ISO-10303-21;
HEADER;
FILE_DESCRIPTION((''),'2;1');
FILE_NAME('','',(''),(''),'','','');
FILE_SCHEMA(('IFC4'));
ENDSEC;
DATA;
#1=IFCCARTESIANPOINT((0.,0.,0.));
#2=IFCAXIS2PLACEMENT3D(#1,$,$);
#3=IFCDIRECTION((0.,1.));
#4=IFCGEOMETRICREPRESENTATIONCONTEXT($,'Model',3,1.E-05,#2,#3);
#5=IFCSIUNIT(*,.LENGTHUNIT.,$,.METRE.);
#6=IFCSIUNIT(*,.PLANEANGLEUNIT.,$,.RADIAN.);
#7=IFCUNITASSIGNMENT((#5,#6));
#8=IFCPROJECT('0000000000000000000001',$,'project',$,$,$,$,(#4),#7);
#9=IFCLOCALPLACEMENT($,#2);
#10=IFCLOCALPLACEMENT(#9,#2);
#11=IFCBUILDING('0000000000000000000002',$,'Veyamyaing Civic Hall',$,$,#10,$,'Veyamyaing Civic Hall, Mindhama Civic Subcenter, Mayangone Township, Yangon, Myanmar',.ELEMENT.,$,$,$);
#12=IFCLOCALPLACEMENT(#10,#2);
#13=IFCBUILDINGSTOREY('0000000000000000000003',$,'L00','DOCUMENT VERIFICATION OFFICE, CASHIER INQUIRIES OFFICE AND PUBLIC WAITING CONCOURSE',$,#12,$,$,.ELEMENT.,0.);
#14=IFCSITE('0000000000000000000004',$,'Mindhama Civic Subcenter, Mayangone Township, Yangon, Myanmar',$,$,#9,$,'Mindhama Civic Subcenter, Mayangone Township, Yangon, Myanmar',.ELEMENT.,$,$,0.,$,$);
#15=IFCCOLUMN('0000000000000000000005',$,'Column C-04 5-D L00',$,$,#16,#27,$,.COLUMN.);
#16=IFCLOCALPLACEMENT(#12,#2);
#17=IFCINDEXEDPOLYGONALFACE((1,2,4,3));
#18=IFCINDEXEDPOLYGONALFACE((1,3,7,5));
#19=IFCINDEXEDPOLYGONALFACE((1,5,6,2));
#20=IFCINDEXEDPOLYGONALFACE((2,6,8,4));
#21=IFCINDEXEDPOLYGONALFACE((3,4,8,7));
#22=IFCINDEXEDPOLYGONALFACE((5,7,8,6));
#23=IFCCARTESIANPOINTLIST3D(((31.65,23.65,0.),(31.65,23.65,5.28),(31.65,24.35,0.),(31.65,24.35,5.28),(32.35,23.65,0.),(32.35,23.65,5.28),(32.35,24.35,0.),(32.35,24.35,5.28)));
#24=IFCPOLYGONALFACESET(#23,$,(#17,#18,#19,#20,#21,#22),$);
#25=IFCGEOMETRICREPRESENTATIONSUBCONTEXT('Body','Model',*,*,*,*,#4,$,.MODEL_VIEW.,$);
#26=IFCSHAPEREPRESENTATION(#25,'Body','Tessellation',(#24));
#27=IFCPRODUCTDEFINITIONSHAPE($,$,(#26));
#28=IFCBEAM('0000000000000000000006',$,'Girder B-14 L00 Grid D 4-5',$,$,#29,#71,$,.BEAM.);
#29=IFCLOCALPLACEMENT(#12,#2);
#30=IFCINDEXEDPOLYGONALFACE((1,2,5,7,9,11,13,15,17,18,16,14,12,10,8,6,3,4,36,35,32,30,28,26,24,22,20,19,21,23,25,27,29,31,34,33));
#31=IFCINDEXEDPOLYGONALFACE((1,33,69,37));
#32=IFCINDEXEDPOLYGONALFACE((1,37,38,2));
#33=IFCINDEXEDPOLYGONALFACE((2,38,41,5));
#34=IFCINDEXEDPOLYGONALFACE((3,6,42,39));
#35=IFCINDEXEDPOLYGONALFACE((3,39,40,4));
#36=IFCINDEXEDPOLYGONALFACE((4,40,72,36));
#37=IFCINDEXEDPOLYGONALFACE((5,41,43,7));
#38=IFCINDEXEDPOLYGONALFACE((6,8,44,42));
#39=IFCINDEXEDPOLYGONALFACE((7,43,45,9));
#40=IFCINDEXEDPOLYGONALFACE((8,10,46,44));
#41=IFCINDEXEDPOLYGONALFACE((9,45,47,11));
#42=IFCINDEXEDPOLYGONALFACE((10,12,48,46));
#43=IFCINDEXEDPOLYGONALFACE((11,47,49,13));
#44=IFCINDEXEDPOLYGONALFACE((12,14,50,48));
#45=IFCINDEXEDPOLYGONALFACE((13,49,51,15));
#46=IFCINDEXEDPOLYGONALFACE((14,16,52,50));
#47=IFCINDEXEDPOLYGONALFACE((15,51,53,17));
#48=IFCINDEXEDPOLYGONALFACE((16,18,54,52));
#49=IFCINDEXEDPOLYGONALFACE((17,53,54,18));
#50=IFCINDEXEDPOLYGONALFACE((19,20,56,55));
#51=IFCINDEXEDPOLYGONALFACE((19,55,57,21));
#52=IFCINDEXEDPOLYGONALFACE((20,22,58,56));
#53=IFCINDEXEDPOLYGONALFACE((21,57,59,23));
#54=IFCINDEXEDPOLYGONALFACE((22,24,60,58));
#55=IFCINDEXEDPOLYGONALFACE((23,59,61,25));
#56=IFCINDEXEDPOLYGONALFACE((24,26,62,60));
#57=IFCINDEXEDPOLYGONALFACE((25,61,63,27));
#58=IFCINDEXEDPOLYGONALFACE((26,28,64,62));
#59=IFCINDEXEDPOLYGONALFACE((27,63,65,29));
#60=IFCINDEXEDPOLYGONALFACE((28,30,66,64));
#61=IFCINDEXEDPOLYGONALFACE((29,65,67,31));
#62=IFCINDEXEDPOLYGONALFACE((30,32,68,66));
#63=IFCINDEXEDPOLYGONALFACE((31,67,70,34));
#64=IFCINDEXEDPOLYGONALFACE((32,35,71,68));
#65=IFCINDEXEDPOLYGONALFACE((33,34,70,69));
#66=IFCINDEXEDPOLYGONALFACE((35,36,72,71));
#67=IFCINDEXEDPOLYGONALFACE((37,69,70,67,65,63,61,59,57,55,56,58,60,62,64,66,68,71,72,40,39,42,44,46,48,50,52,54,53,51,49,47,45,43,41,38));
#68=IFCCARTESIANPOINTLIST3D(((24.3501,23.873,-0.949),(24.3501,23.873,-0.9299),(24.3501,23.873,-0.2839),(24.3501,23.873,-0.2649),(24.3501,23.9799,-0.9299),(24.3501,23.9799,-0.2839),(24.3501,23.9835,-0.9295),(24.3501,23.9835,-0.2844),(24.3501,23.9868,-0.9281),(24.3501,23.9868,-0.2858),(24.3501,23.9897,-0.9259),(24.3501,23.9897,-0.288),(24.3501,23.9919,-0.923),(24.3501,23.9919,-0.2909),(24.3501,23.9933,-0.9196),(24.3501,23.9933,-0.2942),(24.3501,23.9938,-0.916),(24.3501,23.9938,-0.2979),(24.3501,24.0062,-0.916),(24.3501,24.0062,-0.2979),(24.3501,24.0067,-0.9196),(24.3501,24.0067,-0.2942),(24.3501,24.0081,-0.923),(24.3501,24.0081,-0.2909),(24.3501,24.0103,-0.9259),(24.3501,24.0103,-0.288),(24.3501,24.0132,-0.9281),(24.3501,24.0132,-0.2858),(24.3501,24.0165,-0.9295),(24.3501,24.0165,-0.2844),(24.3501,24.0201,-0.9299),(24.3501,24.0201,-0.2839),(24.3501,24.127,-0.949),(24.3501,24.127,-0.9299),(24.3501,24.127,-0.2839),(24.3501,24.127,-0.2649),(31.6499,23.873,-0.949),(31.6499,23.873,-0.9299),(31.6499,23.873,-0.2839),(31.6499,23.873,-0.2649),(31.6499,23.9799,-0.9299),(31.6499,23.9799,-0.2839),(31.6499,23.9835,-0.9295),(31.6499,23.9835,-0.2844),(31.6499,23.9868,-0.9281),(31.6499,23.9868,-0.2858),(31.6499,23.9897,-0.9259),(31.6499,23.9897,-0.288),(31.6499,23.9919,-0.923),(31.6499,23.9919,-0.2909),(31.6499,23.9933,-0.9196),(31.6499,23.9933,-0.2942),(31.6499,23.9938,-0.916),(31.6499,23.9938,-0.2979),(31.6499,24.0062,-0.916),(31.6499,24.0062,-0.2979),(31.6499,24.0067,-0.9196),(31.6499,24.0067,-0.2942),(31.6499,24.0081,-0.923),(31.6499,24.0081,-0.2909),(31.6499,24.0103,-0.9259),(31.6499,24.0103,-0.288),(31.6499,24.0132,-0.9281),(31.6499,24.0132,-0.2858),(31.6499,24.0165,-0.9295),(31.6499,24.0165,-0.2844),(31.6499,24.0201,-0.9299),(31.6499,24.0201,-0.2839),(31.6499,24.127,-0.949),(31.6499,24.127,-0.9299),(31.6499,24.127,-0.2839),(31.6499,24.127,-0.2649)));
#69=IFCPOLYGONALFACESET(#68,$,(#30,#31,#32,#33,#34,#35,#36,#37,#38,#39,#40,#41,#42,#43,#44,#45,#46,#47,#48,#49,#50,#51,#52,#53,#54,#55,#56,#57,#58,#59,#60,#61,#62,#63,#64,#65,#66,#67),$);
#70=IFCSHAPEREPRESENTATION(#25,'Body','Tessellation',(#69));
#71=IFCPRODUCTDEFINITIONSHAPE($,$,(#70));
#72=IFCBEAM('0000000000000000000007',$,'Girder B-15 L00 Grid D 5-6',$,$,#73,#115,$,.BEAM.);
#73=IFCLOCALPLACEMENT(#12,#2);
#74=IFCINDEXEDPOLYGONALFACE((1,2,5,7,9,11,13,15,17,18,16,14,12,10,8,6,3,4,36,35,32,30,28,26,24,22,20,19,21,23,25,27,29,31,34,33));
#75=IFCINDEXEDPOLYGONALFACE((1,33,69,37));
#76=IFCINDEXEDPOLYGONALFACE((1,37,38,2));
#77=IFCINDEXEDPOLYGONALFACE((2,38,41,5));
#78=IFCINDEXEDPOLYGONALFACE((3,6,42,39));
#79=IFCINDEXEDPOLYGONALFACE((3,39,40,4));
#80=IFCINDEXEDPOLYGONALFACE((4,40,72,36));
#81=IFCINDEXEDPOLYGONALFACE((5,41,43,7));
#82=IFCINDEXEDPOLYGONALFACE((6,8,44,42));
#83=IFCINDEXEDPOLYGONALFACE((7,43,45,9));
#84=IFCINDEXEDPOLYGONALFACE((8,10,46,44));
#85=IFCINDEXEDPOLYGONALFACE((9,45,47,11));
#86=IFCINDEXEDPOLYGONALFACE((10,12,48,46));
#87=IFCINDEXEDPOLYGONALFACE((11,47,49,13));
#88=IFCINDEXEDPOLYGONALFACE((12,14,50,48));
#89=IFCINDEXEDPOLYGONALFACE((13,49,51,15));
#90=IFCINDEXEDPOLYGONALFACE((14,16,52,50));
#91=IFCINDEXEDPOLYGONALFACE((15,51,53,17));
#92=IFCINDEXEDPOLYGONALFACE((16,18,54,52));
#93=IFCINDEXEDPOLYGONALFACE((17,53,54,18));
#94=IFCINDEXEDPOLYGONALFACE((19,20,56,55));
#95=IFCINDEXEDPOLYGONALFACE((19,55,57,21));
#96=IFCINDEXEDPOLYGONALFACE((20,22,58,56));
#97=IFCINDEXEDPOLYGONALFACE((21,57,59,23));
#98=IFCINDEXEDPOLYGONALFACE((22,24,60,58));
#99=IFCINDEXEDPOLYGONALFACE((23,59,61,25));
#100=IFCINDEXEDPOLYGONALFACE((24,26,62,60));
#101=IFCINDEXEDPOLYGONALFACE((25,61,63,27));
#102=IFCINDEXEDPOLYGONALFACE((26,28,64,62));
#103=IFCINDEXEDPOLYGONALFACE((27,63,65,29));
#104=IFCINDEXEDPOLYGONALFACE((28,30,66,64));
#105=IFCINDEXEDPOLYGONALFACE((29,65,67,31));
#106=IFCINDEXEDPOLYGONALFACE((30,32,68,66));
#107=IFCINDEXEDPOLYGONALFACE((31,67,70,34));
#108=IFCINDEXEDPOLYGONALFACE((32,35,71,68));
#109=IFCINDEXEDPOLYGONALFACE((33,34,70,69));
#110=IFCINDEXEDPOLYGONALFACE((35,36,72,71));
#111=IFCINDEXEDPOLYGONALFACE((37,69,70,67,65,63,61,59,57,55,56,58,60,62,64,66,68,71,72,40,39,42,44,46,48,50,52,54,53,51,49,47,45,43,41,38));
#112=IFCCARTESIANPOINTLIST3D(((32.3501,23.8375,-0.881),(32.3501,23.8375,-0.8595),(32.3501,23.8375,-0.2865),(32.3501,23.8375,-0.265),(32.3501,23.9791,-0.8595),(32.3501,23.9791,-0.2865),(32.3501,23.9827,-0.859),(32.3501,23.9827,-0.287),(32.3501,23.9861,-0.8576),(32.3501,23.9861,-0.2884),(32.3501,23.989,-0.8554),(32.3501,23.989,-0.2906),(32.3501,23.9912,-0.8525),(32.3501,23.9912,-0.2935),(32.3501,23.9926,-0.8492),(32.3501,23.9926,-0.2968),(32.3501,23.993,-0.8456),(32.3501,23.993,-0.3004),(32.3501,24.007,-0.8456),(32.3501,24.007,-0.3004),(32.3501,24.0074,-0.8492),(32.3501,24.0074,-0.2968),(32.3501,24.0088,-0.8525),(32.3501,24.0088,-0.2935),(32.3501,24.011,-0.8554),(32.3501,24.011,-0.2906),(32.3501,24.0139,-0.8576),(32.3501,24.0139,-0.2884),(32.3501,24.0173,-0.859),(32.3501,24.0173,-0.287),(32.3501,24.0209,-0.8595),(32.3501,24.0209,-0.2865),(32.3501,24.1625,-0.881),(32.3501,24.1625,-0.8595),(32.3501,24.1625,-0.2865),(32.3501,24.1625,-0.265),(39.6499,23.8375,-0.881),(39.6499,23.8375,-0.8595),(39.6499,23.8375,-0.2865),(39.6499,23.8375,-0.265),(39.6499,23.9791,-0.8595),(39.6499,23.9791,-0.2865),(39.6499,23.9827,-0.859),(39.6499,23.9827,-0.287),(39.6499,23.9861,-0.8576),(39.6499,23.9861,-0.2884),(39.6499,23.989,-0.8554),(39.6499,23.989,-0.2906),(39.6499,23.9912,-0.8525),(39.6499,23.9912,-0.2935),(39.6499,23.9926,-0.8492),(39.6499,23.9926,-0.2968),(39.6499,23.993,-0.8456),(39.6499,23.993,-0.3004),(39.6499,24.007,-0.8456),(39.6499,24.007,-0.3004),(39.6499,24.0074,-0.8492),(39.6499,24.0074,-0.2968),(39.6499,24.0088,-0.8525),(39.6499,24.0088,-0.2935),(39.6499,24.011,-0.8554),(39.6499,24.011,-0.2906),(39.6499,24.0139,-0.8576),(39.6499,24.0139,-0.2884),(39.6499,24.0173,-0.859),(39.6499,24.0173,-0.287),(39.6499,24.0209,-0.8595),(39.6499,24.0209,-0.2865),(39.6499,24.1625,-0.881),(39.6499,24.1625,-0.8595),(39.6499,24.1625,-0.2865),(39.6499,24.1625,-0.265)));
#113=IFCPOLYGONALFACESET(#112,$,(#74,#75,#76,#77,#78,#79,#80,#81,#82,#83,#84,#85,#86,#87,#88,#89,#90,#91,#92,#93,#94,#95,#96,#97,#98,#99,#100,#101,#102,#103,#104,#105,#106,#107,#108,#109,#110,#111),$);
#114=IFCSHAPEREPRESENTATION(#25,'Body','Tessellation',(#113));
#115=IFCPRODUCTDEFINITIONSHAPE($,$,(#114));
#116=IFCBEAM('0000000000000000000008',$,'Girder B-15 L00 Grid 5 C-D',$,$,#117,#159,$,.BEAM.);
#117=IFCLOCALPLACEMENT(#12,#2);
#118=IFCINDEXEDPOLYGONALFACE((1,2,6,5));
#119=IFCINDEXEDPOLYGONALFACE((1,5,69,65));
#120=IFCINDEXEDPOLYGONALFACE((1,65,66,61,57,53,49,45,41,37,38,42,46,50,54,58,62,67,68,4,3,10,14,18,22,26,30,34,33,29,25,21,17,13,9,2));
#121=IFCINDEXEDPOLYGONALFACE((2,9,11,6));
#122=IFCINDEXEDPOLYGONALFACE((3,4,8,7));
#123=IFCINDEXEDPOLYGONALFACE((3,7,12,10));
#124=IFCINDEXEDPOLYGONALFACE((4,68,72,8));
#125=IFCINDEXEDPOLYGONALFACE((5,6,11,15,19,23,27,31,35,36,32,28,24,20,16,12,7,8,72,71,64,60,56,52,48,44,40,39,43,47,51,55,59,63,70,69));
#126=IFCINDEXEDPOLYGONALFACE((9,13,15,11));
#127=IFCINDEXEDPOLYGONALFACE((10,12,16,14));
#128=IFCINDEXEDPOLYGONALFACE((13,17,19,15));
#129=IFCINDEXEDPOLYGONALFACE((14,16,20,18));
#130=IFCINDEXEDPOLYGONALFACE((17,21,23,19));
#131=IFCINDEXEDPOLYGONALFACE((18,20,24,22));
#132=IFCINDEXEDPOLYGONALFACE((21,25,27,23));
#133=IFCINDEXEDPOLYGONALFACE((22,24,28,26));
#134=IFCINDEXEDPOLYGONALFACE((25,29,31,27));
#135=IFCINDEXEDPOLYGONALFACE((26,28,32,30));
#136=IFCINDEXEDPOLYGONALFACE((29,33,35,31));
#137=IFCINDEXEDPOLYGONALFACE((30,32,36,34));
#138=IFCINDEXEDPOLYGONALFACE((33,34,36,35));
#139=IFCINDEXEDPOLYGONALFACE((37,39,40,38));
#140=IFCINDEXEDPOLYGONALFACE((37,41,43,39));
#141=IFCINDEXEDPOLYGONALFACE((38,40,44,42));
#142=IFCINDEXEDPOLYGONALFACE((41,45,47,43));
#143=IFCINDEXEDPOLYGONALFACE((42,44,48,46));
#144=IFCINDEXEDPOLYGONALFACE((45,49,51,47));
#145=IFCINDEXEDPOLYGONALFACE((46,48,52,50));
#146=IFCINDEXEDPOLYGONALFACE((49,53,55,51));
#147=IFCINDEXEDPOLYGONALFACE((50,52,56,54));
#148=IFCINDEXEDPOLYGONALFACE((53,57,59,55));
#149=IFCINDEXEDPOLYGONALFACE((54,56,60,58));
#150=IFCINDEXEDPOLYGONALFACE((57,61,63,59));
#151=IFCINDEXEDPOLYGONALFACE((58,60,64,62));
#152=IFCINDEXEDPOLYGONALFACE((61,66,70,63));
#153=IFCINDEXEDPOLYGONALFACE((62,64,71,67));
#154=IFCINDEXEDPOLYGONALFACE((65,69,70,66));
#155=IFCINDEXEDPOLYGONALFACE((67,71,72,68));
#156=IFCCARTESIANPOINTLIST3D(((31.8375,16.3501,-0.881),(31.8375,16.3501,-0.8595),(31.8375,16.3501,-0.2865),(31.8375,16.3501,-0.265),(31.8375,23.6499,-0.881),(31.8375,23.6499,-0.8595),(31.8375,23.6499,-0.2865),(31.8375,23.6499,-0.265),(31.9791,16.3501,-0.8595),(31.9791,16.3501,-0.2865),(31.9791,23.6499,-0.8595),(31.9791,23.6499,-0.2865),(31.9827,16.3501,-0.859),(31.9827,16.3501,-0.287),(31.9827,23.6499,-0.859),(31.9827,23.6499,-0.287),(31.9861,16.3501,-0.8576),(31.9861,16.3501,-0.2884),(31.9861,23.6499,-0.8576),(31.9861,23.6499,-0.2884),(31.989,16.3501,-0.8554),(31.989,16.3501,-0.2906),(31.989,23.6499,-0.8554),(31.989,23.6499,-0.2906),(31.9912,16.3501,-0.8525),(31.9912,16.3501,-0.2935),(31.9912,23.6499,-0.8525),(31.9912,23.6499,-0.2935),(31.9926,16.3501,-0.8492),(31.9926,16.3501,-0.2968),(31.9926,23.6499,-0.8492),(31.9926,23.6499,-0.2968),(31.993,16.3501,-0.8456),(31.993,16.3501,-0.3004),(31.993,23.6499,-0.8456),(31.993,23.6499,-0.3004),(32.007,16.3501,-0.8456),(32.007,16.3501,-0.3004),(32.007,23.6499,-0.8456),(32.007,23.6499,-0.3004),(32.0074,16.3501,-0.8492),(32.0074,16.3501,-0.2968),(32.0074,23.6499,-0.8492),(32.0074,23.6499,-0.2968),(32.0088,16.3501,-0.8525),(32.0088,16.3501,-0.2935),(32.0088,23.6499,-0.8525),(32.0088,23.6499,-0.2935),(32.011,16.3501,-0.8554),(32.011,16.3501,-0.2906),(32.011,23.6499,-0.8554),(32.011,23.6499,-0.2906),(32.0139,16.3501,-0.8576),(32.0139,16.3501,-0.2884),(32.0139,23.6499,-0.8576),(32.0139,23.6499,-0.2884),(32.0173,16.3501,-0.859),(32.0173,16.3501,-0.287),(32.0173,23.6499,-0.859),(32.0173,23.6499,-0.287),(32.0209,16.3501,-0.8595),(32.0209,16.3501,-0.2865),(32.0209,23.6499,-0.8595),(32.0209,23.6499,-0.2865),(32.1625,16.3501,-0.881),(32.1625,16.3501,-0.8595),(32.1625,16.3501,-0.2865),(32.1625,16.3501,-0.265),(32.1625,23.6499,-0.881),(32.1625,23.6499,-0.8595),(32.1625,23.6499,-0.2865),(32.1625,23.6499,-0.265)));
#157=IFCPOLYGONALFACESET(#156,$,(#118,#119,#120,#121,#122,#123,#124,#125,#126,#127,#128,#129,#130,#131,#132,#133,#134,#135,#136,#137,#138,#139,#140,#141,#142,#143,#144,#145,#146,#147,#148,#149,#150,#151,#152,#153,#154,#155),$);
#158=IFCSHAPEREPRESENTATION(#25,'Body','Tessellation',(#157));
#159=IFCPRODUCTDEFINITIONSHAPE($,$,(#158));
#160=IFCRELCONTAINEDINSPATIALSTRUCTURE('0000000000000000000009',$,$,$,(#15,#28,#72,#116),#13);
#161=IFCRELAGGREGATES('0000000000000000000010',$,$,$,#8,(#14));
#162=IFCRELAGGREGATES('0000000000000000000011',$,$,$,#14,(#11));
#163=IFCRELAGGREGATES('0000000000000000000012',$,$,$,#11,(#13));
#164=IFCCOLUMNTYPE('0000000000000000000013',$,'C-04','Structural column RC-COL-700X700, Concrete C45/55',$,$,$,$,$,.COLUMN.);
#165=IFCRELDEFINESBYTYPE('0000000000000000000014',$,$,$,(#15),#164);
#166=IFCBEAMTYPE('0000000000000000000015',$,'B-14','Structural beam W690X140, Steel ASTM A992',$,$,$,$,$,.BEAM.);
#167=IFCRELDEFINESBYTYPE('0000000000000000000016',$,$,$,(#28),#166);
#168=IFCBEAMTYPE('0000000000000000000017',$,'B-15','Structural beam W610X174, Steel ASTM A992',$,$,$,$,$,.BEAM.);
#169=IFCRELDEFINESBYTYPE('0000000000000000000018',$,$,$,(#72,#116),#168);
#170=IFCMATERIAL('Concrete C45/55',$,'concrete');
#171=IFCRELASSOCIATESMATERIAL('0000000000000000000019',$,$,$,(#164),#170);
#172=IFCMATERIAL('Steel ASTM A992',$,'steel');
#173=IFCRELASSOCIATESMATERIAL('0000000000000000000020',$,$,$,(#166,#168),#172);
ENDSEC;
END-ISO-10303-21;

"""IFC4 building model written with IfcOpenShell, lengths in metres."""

from ifc_helpers import new_model, si_unit, direction, frame, origin, origin_2d, place, context, subcontext, project, spatial, rectangle, i_section, extrude, material, material_profile, profile_set, type_object, element, save


model = new_model("IFC4")

# Units and contexts
model_context = context("Model", 3, precision=1e-05, world=origin(), true_north=direction((0.0, 1.0)))
body_context = subcontext(model_context, "Body", "Model", "MODEL_VIEW")
ifc_project = project(units=[si_unit("LENGTHUNIT", "METRE"), si_unit("PLANEANGLEUNIT", "RADIAN")], contexts=[model_context])

# Site, building, storey
site_placement = place(None, origin())
site = spatial("IfcSite", under=ifc_project, at=site_placement, Name="Mindhama Civic Subcenter, Mayangone Township, Yangon, Myanmar", LongName="Mindhama Civic Subcenter, Mayangone Township, Yangon, Myanmar", CompositionType="ELEMENT", RefElevation=0.0)
building_placement = place(site_placement, origin())
building = spatial("IfcBuilding", under=site, at=building_placement, Name="Veyamyaing Civic Hall", LongName="Veyamyaing Civic Hall, Mindhama Civic Subcenter, Mayangone Township, Yangon, Myanmar", CompositionType="ELEMENT")
storey_placement = place(building_placement, origin())
storey = spatial("IfcBuildingStorey", under=building, at=storey_placement, Name="L00", Description="DOCUMENT VERIFICATION OFFICE, CASHIER INQUIRIES OFFICE AND PUBLIC WAITING CONCOURSE", CompositionType="ELEMENT", Elevation=0.0)

# Column
ifc_material_1 = material(Name="Concrete C45/55", Category="concrete")
ifc_material_profile_1 = material_profile(ifc_material_1, rectangle(XDim=0.7, YDim=0.7, at=origin_2d()), Name="RC-COL-700X700")
ifc_profile_set_1 = profile_set([ifc_material_profile_1], Name="Concrete C45/55")
column_type = type_object("IfcColumnType", Name="C-04", Description="Structural column RC-COL-700X700, Concrete C45/55", PredefinedType="COLUMN", material=ifc_profile_set_1)
column_placement = place(storey_placement, frame((32.0, 24.0, 0.0), z_axis=(0.0, 0.0, 1.0), x_axis=(1.0, 0.0, 0.0)))
element("IfcColumn", 1, at=column_placement, inside=storey, type_object=column_type, Name="Column C-04 5-D L00", PredefinedType="COLUMN", context=body_context, shape_type="SweptSolid", body=[
    extrude(rectangle(XDim=0.7, YDim=0.7, at=origin_2d()), origin(), (0.0, 0.0, 1.0), 5.28),
])

# Beams
ifc_material_2 = material(Name="Steel ASTM A992", Category="steel")
ifc_material_profile_2 = material_profile(ifc_material_2, i_section(OverallWidth=0.2539, OverallDepth=0.6841, WebThickness=0.0125, FlangeThickness=0.019, FilletRadius=0.0139, at=origin_2d()), Name="W690X140")
ifc_profile_set_2 = profile_set([ifc_material_profile_2], Name="Steel ASTM A992")
beam_type_1 = type_object("IfcBeamType", Name="B-14", Description="Structural beam W690X140, Steel ASTM A992", PredefinedType="BEAM", material=ifc_profile_set_2)
beam_1_placement = place(storey_placement, frame((24.3501, 24.0, -0.6069), z_axis=(1.0, 0.0, 0.0), x_axis=(0.0, 1.0, 0.0)))
element("IfcBeam", 2, at=beam_1_placement, inside=storey, type_object=beam_type_1, Name="Girder B-14 L00 Grid D 4-5", PredefinedType="BEAM", context=body_context, shape_type="SweptSolid", body=[
    extrude(i_section(OverallWidth=0.2539, OverallDepth=0.6841, WebThickness=0.0125, FlangeThickness=0.019, FilletRadius=0.0139, at=origin_2d()), origin(), (0.0, 0.0, 1.0), 7.2998),
])
ifc_material_profile_3 = material_profile(ifc_material_2, i_section(OverallWidth=0.325, OverallDepth=0.616, WebThickness=0.0139, FlangeThickness=0.0215, FilletRadius=0.0139, at=origin_2d()), Name="W610X174")
ifc_profile_set_3 = profile_set([ifc_material_profile_3], Name="Steel ASTM A992")
beam_type_2 = type_object("IfcBeamType", Name="B-15", Description="Structural beam W610X174, Steel ASTM A992", PredefinedType="BEAM", material=ifc_profile_set_3)
for number, where, z_axis, x_axis, name in (
    (3, (32.3501, 24.0, -0.573), (1.0, 0.0, 0.0), (0.0, 1.0, 0.0), "Girder B-15 L00 Grid D 5-6"),
    (4, (32.0, 16.3501, -0.573), (0.0, 1.0, 0.0), (-1.0, 0.0, 0.0), "Girder B-15 L00 Grid 5 C-D"),
):
    element("IfcBeam", number, at=place(storey_placement, frame(where, z_axis=z_axis, x_axis=x_axis)), inside=storey, type_object=beam_type_2, Name=name, PredefinedType="BEAM", context=body_context, shape_type="SweptSolid", body=[
        extrude(i_section(OverallWidth=0.325, OverallDepth=0.616, WebThickness=0.0139, FlangeThickness=0.0215, FilletRadius=0.0139, at=origin_2d()), origin(), (0.0, 0.0, 1.0), 7.2998),
    ])

save(model, "model.ifc")
